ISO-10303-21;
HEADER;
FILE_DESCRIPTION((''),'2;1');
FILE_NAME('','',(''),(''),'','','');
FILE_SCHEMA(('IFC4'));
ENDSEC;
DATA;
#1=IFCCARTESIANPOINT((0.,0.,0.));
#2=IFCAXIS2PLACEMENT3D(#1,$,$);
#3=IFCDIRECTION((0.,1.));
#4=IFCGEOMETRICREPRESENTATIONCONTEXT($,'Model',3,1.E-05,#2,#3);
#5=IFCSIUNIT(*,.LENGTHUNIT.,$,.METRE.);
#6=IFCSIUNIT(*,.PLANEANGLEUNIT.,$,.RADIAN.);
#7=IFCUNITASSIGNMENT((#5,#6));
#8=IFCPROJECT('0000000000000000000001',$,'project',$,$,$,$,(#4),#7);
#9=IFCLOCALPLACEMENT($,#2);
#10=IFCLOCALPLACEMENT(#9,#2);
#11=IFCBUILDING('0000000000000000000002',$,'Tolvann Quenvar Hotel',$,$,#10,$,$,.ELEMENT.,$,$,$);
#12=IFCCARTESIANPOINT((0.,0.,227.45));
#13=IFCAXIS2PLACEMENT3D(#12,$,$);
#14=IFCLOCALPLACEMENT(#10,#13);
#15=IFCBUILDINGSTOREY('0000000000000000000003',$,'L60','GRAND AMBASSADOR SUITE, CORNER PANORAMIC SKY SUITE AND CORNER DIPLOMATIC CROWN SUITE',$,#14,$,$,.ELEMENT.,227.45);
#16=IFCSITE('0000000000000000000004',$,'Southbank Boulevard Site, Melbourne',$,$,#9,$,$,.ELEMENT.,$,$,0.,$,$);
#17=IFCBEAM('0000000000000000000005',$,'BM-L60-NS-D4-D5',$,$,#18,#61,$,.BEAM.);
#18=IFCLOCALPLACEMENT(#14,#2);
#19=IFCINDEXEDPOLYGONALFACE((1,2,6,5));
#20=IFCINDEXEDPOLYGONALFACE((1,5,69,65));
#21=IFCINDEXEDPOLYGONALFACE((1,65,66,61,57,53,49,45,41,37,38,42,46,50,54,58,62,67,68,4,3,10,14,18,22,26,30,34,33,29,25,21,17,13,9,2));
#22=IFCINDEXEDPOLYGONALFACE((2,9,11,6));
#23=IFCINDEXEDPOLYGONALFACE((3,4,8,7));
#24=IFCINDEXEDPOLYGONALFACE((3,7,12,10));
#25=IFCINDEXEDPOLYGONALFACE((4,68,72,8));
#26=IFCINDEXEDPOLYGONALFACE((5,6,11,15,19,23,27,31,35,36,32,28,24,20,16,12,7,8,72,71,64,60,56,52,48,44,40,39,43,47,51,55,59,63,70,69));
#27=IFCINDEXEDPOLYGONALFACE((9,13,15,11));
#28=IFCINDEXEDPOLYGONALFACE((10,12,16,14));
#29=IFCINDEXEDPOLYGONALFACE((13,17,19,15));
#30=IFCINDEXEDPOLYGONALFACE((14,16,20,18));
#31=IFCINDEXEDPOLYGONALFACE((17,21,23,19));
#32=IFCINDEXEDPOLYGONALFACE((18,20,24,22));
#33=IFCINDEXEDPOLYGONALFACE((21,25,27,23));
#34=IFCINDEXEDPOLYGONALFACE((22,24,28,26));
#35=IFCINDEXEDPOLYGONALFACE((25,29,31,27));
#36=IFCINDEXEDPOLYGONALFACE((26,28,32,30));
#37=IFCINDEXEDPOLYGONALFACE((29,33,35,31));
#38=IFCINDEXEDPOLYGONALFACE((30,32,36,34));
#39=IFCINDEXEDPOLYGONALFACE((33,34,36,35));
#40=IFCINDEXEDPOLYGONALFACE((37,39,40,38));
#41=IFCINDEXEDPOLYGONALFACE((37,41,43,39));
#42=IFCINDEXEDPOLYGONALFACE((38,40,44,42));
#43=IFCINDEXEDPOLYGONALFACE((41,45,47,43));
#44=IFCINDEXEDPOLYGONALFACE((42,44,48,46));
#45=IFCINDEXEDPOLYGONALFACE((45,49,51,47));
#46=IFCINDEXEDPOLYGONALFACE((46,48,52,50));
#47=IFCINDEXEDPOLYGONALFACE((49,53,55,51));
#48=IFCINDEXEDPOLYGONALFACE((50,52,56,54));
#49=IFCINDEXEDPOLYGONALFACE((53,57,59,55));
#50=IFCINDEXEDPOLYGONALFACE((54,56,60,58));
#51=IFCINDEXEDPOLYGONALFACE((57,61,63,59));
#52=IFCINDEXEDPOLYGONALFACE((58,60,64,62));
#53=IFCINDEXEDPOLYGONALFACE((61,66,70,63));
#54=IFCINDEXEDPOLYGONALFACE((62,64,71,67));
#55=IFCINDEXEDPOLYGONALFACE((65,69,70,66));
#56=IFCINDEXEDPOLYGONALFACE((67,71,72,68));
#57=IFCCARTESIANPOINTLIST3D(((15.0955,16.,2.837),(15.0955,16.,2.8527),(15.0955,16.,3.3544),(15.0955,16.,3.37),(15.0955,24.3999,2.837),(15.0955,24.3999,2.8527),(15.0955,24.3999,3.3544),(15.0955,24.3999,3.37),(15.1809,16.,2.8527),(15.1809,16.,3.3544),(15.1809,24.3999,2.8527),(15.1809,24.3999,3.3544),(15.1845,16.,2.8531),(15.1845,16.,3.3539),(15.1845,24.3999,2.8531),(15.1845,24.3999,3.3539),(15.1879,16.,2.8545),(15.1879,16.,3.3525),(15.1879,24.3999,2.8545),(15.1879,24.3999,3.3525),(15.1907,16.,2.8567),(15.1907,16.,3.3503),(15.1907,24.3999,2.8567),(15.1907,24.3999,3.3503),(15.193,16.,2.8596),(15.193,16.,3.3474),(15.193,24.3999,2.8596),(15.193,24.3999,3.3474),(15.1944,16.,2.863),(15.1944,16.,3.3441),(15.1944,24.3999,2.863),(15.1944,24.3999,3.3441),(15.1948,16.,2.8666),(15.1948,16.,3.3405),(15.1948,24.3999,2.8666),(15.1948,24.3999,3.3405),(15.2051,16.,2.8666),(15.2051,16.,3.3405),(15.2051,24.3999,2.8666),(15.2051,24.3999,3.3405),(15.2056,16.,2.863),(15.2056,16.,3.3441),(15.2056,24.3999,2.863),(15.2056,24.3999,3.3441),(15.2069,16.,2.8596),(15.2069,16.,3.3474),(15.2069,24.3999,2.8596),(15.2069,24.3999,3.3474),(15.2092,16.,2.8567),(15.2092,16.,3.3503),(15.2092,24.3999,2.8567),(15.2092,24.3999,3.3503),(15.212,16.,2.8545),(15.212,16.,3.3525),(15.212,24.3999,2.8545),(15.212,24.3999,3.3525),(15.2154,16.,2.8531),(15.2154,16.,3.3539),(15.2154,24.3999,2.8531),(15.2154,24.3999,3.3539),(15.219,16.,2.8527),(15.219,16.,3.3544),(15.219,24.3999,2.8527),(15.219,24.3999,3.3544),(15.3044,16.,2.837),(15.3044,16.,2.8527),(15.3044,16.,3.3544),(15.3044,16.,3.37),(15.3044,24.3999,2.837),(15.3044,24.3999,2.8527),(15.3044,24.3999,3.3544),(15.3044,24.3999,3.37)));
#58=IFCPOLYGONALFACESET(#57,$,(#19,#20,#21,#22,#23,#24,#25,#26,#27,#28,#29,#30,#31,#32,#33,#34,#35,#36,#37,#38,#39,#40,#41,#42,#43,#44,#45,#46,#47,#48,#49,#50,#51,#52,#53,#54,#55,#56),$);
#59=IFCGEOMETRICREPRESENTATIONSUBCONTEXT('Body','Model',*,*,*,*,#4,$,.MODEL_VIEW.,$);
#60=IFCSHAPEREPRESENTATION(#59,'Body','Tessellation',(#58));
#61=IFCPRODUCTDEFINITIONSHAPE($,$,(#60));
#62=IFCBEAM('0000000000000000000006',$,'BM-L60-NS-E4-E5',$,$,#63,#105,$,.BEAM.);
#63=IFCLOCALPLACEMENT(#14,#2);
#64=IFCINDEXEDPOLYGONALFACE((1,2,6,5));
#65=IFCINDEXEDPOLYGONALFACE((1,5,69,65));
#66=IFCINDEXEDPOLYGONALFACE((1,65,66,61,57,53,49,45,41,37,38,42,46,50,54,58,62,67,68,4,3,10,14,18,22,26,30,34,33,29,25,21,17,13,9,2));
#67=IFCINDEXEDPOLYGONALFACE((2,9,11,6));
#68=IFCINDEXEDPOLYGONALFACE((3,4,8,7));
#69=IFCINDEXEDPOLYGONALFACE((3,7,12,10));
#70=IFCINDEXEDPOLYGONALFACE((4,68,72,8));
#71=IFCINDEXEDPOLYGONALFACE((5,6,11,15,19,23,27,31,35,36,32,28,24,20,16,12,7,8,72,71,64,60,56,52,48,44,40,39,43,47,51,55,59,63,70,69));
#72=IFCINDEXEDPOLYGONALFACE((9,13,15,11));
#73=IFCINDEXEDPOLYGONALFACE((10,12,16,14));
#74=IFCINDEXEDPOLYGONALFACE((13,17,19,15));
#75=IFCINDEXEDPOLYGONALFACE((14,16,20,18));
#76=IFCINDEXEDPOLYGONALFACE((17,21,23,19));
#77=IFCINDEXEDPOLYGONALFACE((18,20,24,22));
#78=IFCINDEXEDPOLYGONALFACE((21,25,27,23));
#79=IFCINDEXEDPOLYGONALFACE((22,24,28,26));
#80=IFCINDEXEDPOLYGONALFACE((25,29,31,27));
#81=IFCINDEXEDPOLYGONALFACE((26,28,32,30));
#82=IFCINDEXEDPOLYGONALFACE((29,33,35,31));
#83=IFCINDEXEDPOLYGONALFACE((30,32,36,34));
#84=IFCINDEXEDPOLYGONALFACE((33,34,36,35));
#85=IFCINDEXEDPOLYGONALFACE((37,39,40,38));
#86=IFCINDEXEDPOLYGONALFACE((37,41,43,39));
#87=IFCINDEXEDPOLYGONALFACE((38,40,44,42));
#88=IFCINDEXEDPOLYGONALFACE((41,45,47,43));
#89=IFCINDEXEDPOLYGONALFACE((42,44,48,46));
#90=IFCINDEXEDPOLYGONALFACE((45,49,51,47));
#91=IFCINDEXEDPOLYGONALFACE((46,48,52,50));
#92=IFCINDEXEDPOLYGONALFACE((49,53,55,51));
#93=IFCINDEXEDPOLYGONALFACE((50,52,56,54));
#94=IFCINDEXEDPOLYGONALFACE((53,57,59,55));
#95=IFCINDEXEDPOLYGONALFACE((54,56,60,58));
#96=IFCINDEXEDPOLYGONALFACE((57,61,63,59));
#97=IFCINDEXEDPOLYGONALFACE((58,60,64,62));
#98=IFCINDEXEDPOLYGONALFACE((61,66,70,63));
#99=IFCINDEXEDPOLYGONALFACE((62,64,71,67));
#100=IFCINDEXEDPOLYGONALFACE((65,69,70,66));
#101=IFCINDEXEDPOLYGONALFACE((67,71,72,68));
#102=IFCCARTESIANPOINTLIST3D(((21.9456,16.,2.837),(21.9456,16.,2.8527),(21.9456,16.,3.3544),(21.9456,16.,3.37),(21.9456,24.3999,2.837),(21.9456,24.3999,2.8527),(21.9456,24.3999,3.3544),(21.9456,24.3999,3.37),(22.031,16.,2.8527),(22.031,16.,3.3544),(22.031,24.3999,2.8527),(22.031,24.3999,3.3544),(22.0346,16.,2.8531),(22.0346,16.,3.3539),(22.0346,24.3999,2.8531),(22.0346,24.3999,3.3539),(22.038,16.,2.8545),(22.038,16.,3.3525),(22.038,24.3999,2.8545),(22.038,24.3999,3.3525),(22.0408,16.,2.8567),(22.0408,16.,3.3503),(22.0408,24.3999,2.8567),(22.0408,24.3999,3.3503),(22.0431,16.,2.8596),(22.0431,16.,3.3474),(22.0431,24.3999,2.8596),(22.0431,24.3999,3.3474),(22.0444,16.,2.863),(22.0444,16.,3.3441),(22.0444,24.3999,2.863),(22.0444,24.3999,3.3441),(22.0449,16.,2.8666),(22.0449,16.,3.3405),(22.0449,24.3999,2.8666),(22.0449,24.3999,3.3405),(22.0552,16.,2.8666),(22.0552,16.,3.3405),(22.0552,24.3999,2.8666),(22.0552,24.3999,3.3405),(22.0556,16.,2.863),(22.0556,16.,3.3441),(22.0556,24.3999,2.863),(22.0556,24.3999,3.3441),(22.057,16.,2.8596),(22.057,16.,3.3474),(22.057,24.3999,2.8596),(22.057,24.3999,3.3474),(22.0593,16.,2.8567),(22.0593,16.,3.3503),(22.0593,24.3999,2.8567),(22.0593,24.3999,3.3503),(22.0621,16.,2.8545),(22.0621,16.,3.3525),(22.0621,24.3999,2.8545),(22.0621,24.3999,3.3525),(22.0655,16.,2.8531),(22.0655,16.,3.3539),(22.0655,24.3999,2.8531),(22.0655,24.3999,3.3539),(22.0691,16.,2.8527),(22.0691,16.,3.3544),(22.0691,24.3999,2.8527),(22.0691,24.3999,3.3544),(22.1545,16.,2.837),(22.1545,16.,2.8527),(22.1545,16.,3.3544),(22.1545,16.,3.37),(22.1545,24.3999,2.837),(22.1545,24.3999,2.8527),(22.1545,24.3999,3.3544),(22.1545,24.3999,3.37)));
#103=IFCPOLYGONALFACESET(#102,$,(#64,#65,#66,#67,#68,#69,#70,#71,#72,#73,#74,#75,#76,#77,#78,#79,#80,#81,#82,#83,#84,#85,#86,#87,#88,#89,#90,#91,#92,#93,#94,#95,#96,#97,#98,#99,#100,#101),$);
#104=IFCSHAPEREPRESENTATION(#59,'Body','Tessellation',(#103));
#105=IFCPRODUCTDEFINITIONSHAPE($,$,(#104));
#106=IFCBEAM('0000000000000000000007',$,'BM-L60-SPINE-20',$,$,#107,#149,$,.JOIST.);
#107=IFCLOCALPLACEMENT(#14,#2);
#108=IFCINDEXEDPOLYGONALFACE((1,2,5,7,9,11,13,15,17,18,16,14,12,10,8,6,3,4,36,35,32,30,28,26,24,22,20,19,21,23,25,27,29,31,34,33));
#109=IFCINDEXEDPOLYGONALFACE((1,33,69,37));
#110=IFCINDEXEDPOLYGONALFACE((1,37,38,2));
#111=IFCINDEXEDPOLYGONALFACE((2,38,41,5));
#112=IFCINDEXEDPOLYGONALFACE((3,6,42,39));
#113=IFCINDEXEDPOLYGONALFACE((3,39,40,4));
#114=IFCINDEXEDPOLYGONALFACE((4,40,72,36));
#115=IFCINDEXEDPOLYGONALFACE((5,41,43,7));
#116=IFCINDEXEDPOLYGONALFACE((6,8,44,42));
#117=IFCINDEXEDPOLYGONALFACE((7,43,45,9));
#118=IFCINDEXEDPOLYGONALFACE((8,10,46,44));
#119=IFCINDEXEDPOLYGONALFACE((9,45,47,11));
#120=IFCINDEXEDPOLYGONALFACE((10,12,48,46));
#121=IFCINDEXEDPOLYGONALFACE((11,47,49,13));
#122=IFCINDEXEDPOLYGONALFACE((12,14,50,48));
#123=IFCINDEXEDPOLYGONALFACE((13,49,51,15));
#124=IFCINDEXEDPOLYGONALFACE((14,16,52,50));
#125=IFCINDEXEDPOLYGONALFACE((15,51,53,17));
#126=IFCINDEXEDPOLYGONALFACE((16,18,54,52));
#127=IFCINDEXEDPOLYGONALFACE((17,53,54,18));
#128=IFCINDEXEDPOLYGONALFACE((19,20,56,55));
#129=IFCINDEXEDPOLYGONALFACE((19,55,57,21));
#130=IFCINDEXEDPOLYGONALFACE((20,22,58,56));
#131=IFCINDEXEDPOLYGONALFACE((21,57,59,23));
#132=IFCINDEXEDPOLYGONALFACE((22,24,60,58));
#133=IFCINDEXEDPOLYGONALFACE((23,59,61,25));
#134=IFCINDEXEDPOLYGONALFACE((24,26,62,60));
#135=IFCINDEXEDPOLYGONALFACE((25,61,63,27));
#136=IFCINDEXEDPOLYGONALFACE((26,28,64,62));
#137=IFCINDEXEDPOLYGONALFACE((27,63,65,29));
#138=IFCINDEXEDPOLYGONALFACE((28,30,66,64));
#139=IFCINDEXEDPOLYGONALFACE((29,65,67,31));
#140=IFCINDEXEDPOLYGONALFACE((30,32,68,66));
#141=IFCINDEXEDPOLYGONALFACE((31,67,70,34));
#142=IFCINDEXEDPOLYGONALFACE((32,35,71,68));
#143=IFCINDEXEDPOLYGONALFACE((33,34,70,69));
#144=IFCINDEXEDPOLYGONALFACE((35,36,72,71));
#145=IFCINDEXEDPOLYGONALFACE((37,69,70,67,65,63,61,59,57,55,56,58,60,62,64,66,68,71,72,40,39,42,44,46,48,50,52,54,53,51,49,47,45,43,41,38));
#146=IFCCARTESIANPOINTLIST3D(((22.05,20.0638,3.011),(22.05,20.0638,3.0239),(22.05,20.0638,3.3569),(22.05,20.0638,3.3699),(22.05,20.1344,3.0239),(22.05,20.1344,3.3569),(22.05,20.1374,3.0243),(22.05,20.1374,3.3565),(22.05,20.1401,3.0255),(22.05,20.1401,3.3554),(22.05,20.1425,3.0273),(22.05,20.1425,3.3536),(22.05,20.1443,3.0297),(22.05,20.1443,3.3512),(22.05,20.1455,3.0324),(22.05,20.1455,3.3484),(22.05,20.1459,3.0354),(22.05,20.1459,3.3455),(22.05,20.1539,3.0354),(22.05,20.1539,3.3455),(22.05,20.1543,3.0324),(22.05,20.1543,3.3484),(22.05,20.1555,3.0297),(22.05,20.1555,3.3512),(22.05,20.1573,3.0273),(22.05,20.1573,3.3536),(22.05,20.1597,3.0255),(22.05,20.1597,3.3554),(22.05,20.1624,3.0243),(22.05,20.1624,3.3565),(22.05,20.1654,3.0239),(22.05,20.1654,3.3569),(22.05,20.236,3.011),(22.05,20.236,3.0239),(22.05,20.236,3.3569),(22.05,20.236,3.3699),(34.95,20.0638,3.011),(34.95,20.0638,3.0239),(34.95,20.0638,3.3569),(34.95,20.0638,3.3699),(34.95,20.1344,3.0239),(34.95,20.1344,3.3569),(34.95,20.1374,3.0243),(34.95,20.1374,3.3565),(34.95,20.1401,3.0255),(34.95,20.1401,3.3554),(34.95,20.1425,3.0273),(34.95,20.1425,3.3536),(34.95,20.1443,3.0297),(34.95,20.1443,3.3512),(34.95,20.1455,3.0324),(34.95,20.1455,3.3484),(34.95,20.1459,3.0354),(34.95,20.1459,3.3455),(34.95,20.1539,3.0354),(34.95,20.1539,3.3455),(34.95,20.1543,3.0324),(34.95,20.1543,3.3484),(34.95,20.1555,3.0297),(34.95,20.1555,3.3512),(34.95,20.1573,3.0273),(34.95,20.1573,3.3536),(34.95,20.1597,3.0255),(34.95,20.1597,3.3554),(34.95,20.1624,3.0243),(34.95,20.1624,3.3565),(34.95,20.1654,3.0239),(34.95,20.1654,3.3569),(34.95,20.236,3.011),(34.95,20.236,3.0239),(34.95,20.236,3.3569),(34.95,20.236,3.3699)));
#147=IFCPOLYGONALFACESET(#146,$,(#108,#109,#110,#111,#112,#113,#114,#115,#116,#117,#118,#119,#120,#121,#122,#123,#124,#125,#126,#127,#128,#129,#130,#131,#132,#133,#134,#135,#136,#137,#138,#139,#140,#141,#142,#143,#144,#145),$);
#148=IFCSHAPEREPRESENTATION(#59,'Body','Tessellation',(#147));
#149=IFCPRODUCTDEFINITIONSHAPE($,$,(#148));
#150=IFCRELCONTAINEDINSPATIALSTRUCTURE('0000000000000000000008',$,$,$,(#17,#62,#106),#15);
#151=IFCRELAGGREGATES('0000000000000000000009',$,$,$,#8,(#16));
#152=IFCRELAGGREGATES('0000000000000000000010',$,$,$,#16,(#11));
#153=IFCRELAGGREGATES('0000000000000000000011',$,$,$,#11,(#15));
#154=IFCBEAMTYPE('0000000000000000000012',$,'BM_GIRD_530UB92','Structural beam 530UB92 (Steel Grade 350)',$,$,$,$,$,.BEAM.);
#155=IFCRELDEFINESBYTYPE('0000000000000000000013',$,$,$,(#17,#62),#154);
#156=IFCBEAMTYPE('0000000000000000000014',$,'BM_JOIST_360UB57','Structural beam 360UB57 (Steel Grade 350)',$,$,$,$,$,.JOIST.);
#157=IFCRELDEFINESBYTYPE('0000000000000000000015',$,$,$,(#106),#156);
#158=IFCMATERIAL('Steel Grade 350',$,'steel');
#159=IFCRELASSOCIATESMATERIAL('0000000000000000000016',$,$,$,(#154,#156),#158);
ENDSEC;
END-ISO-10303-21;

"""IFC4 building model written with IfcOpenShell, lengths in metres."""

from ifc_helpers import new_model, si_unit, direction, frame, origin, origin_2d, place, context, subcontext, project, spatial, i_section, extrude, source, transform, mapped, material, material_profile, profile_set, type_object, type_shapes, element, save


model = new_model("IFC4")

# Units and contexts
model_context = context("Model", 3, precision=1e-05, world=origin(), true_north=direction((0.0, 1.0)))
body_context = subcontext(model_context, "Body", "Model", "MODEL_VIEW")
ifc_project = project(units=[si_unit("LENGTHUNIT", "METRE"), si_unit("PLANEANGLEUNIT", "RADIAN")], contexts=[model_context])

# Site, building, storey
site_placement = place(None, origin())
site = spatial("IfcSite", under=ifc_project, at=site_placement, Name="Southbank Boulevard Site, Melbourne", CompositionType="ELEMENT", RefElevation=0.0)
building_placement = place(site_placement, origin())
building = spatial("IfcBuilding", under=site, at=building_placement, Name="Tolvann Quenvar Hotel", CompositionType="ELEMENT")
storey_placement = place(building_placement, frame((0.0, 0.0, 227.45)))
storey = spatial("IfcBuildingStorey", under=building, at=storey_placement, Name="L60", Description="GRAND AMBASSADOR SUITE, CORNER PANORAMIC SKY SUITE AND CORNER DIPLOMATIC CROWN SUITE", CompositionType="ELEMENT", Elevation=227.45)

# Shared definitions
ifc_material_1 = material(Name="Steel Grade 350", Category="steel")

# Beams
ifc_material_profile_1 = material_profile(ifc_material_1, i_section(OverallWidth=0.209, OverallDepth=0.533, WebThickness=0.0103, FlangeThickness=0.0156, FilletRadius=0.0139, at=origin_2d()), Name="530UB92")
ifc_profile_set_1 = profile_set([ifc_material_profile_1], Name="Steel Grade 350")
beam_type_1 = type_object("IfcBeamType", Name="BM_GIRD_530UB92", Description="Structural beam 530UB92 (Steel Grade 350)", PredefinedType="BEAM", material=ifc_profile_set_1)
shared_shape_1 = source(origin(), body_context, "Body", "SweptSolid", [
    extrude(i_section(OverallWidth=0.209, OverallDepth=0.533, WebThickness=0.0103, FlangeThickness=0.0156, FilletRadius=0.0139, at=origin_2d()), origin(), (0.0, 0.0, 1.0), 8.3999),
])
type_shapes(beam_type_1, [shared_shape_1])
for number, where, z_axis, x_axis, name in (
    (1, (15.2, 16.0, 3.1035), (0.0, 1.0, 0.0), (-1.0, 0.0, 0.0), "BM-L60-NS-D4-D5"),
    (2, (22.05, 16.0, 3.1035), (0.0, 1.0, 0.0), (-1.0, 0.0, 0.0), "BM-L60-NS-E4-E5"),
):
    element("IfcBeam", number, at=place(storey_placement, frame(where, z_axis=z_axis, x_axis=x_axis)), inside=storey, type_object=beam_type_1, Name=name, PredefinedType="BEAM", context=body_context, shape_type="MappedRepresentation", body=[
        mapped(shared_shape_1, transform((0.0, 0.0, 0.0), x_axis=(1.0, 0.0, 0.0), y_axis=(0.0, 1.0, 0.0), z_axis=(0.0, 0.0, 1.0), scale=1.0)),
    ])
ifc_material_profile_2 = material_profile(ifc_material_1, i_section(OverallWidth=0.1721, OverallDepth=0.3589, WebThickness=0.0081, FlangeThickness=0.0129, FilletRadius=0.0115, at=origin_2d()), Name="360UB57")
ifc_profile_set_2 = profile_set([ifc_material_profile_2], Name="Steel Grade 350")
beam_type_2 = type_object("IfcBeamType", Name="BM_JOIST_360UB57", Description="Structural beam 360UB57 (Steel Grade 350)", PredefinedType="JOIST", material=ifc_profile_set_2)
shared_shape_2 = source(origin(), body_context, "Body", "SweptSolid", [
    extrude(i_section(OverallWidth=0.1721, OverallDepth=0.3589, WebThickness=0.0081, FlangeThickness=0.0129, FilletRadius=0.0115, at=origin_2d()), origin(), (0.0, 0.0, 1.0), 12.8999),
])
type_shapes(beam_type_2, [shared_shape_2])
beam_1_placement = place(storey_placement, frame((22.05, 20.1499, 3.1904), z_axis=(1.0, 0.0, 0.0), x_axis=(0.0, 1.0, 0.0)))
element("IfcBeam", 3, at=beam_1_placement, inside=storey, type_object=beam_type_2, Name="BM-L60-SPINE-20", PredefinedType="JOIST", context=body_context, shape_type="MappedRepresentation", body=[
    mapped(shared_shape_2, transform((0.0, 0.0, 0.0), x_axis=(1.0, 0.0, 0.0), y_axis=(0.0, 1.0, 0.0), z_axis=(0.0, 0.0, 1.0), scale=1.0)),
])

save(model, "model.ifc")
